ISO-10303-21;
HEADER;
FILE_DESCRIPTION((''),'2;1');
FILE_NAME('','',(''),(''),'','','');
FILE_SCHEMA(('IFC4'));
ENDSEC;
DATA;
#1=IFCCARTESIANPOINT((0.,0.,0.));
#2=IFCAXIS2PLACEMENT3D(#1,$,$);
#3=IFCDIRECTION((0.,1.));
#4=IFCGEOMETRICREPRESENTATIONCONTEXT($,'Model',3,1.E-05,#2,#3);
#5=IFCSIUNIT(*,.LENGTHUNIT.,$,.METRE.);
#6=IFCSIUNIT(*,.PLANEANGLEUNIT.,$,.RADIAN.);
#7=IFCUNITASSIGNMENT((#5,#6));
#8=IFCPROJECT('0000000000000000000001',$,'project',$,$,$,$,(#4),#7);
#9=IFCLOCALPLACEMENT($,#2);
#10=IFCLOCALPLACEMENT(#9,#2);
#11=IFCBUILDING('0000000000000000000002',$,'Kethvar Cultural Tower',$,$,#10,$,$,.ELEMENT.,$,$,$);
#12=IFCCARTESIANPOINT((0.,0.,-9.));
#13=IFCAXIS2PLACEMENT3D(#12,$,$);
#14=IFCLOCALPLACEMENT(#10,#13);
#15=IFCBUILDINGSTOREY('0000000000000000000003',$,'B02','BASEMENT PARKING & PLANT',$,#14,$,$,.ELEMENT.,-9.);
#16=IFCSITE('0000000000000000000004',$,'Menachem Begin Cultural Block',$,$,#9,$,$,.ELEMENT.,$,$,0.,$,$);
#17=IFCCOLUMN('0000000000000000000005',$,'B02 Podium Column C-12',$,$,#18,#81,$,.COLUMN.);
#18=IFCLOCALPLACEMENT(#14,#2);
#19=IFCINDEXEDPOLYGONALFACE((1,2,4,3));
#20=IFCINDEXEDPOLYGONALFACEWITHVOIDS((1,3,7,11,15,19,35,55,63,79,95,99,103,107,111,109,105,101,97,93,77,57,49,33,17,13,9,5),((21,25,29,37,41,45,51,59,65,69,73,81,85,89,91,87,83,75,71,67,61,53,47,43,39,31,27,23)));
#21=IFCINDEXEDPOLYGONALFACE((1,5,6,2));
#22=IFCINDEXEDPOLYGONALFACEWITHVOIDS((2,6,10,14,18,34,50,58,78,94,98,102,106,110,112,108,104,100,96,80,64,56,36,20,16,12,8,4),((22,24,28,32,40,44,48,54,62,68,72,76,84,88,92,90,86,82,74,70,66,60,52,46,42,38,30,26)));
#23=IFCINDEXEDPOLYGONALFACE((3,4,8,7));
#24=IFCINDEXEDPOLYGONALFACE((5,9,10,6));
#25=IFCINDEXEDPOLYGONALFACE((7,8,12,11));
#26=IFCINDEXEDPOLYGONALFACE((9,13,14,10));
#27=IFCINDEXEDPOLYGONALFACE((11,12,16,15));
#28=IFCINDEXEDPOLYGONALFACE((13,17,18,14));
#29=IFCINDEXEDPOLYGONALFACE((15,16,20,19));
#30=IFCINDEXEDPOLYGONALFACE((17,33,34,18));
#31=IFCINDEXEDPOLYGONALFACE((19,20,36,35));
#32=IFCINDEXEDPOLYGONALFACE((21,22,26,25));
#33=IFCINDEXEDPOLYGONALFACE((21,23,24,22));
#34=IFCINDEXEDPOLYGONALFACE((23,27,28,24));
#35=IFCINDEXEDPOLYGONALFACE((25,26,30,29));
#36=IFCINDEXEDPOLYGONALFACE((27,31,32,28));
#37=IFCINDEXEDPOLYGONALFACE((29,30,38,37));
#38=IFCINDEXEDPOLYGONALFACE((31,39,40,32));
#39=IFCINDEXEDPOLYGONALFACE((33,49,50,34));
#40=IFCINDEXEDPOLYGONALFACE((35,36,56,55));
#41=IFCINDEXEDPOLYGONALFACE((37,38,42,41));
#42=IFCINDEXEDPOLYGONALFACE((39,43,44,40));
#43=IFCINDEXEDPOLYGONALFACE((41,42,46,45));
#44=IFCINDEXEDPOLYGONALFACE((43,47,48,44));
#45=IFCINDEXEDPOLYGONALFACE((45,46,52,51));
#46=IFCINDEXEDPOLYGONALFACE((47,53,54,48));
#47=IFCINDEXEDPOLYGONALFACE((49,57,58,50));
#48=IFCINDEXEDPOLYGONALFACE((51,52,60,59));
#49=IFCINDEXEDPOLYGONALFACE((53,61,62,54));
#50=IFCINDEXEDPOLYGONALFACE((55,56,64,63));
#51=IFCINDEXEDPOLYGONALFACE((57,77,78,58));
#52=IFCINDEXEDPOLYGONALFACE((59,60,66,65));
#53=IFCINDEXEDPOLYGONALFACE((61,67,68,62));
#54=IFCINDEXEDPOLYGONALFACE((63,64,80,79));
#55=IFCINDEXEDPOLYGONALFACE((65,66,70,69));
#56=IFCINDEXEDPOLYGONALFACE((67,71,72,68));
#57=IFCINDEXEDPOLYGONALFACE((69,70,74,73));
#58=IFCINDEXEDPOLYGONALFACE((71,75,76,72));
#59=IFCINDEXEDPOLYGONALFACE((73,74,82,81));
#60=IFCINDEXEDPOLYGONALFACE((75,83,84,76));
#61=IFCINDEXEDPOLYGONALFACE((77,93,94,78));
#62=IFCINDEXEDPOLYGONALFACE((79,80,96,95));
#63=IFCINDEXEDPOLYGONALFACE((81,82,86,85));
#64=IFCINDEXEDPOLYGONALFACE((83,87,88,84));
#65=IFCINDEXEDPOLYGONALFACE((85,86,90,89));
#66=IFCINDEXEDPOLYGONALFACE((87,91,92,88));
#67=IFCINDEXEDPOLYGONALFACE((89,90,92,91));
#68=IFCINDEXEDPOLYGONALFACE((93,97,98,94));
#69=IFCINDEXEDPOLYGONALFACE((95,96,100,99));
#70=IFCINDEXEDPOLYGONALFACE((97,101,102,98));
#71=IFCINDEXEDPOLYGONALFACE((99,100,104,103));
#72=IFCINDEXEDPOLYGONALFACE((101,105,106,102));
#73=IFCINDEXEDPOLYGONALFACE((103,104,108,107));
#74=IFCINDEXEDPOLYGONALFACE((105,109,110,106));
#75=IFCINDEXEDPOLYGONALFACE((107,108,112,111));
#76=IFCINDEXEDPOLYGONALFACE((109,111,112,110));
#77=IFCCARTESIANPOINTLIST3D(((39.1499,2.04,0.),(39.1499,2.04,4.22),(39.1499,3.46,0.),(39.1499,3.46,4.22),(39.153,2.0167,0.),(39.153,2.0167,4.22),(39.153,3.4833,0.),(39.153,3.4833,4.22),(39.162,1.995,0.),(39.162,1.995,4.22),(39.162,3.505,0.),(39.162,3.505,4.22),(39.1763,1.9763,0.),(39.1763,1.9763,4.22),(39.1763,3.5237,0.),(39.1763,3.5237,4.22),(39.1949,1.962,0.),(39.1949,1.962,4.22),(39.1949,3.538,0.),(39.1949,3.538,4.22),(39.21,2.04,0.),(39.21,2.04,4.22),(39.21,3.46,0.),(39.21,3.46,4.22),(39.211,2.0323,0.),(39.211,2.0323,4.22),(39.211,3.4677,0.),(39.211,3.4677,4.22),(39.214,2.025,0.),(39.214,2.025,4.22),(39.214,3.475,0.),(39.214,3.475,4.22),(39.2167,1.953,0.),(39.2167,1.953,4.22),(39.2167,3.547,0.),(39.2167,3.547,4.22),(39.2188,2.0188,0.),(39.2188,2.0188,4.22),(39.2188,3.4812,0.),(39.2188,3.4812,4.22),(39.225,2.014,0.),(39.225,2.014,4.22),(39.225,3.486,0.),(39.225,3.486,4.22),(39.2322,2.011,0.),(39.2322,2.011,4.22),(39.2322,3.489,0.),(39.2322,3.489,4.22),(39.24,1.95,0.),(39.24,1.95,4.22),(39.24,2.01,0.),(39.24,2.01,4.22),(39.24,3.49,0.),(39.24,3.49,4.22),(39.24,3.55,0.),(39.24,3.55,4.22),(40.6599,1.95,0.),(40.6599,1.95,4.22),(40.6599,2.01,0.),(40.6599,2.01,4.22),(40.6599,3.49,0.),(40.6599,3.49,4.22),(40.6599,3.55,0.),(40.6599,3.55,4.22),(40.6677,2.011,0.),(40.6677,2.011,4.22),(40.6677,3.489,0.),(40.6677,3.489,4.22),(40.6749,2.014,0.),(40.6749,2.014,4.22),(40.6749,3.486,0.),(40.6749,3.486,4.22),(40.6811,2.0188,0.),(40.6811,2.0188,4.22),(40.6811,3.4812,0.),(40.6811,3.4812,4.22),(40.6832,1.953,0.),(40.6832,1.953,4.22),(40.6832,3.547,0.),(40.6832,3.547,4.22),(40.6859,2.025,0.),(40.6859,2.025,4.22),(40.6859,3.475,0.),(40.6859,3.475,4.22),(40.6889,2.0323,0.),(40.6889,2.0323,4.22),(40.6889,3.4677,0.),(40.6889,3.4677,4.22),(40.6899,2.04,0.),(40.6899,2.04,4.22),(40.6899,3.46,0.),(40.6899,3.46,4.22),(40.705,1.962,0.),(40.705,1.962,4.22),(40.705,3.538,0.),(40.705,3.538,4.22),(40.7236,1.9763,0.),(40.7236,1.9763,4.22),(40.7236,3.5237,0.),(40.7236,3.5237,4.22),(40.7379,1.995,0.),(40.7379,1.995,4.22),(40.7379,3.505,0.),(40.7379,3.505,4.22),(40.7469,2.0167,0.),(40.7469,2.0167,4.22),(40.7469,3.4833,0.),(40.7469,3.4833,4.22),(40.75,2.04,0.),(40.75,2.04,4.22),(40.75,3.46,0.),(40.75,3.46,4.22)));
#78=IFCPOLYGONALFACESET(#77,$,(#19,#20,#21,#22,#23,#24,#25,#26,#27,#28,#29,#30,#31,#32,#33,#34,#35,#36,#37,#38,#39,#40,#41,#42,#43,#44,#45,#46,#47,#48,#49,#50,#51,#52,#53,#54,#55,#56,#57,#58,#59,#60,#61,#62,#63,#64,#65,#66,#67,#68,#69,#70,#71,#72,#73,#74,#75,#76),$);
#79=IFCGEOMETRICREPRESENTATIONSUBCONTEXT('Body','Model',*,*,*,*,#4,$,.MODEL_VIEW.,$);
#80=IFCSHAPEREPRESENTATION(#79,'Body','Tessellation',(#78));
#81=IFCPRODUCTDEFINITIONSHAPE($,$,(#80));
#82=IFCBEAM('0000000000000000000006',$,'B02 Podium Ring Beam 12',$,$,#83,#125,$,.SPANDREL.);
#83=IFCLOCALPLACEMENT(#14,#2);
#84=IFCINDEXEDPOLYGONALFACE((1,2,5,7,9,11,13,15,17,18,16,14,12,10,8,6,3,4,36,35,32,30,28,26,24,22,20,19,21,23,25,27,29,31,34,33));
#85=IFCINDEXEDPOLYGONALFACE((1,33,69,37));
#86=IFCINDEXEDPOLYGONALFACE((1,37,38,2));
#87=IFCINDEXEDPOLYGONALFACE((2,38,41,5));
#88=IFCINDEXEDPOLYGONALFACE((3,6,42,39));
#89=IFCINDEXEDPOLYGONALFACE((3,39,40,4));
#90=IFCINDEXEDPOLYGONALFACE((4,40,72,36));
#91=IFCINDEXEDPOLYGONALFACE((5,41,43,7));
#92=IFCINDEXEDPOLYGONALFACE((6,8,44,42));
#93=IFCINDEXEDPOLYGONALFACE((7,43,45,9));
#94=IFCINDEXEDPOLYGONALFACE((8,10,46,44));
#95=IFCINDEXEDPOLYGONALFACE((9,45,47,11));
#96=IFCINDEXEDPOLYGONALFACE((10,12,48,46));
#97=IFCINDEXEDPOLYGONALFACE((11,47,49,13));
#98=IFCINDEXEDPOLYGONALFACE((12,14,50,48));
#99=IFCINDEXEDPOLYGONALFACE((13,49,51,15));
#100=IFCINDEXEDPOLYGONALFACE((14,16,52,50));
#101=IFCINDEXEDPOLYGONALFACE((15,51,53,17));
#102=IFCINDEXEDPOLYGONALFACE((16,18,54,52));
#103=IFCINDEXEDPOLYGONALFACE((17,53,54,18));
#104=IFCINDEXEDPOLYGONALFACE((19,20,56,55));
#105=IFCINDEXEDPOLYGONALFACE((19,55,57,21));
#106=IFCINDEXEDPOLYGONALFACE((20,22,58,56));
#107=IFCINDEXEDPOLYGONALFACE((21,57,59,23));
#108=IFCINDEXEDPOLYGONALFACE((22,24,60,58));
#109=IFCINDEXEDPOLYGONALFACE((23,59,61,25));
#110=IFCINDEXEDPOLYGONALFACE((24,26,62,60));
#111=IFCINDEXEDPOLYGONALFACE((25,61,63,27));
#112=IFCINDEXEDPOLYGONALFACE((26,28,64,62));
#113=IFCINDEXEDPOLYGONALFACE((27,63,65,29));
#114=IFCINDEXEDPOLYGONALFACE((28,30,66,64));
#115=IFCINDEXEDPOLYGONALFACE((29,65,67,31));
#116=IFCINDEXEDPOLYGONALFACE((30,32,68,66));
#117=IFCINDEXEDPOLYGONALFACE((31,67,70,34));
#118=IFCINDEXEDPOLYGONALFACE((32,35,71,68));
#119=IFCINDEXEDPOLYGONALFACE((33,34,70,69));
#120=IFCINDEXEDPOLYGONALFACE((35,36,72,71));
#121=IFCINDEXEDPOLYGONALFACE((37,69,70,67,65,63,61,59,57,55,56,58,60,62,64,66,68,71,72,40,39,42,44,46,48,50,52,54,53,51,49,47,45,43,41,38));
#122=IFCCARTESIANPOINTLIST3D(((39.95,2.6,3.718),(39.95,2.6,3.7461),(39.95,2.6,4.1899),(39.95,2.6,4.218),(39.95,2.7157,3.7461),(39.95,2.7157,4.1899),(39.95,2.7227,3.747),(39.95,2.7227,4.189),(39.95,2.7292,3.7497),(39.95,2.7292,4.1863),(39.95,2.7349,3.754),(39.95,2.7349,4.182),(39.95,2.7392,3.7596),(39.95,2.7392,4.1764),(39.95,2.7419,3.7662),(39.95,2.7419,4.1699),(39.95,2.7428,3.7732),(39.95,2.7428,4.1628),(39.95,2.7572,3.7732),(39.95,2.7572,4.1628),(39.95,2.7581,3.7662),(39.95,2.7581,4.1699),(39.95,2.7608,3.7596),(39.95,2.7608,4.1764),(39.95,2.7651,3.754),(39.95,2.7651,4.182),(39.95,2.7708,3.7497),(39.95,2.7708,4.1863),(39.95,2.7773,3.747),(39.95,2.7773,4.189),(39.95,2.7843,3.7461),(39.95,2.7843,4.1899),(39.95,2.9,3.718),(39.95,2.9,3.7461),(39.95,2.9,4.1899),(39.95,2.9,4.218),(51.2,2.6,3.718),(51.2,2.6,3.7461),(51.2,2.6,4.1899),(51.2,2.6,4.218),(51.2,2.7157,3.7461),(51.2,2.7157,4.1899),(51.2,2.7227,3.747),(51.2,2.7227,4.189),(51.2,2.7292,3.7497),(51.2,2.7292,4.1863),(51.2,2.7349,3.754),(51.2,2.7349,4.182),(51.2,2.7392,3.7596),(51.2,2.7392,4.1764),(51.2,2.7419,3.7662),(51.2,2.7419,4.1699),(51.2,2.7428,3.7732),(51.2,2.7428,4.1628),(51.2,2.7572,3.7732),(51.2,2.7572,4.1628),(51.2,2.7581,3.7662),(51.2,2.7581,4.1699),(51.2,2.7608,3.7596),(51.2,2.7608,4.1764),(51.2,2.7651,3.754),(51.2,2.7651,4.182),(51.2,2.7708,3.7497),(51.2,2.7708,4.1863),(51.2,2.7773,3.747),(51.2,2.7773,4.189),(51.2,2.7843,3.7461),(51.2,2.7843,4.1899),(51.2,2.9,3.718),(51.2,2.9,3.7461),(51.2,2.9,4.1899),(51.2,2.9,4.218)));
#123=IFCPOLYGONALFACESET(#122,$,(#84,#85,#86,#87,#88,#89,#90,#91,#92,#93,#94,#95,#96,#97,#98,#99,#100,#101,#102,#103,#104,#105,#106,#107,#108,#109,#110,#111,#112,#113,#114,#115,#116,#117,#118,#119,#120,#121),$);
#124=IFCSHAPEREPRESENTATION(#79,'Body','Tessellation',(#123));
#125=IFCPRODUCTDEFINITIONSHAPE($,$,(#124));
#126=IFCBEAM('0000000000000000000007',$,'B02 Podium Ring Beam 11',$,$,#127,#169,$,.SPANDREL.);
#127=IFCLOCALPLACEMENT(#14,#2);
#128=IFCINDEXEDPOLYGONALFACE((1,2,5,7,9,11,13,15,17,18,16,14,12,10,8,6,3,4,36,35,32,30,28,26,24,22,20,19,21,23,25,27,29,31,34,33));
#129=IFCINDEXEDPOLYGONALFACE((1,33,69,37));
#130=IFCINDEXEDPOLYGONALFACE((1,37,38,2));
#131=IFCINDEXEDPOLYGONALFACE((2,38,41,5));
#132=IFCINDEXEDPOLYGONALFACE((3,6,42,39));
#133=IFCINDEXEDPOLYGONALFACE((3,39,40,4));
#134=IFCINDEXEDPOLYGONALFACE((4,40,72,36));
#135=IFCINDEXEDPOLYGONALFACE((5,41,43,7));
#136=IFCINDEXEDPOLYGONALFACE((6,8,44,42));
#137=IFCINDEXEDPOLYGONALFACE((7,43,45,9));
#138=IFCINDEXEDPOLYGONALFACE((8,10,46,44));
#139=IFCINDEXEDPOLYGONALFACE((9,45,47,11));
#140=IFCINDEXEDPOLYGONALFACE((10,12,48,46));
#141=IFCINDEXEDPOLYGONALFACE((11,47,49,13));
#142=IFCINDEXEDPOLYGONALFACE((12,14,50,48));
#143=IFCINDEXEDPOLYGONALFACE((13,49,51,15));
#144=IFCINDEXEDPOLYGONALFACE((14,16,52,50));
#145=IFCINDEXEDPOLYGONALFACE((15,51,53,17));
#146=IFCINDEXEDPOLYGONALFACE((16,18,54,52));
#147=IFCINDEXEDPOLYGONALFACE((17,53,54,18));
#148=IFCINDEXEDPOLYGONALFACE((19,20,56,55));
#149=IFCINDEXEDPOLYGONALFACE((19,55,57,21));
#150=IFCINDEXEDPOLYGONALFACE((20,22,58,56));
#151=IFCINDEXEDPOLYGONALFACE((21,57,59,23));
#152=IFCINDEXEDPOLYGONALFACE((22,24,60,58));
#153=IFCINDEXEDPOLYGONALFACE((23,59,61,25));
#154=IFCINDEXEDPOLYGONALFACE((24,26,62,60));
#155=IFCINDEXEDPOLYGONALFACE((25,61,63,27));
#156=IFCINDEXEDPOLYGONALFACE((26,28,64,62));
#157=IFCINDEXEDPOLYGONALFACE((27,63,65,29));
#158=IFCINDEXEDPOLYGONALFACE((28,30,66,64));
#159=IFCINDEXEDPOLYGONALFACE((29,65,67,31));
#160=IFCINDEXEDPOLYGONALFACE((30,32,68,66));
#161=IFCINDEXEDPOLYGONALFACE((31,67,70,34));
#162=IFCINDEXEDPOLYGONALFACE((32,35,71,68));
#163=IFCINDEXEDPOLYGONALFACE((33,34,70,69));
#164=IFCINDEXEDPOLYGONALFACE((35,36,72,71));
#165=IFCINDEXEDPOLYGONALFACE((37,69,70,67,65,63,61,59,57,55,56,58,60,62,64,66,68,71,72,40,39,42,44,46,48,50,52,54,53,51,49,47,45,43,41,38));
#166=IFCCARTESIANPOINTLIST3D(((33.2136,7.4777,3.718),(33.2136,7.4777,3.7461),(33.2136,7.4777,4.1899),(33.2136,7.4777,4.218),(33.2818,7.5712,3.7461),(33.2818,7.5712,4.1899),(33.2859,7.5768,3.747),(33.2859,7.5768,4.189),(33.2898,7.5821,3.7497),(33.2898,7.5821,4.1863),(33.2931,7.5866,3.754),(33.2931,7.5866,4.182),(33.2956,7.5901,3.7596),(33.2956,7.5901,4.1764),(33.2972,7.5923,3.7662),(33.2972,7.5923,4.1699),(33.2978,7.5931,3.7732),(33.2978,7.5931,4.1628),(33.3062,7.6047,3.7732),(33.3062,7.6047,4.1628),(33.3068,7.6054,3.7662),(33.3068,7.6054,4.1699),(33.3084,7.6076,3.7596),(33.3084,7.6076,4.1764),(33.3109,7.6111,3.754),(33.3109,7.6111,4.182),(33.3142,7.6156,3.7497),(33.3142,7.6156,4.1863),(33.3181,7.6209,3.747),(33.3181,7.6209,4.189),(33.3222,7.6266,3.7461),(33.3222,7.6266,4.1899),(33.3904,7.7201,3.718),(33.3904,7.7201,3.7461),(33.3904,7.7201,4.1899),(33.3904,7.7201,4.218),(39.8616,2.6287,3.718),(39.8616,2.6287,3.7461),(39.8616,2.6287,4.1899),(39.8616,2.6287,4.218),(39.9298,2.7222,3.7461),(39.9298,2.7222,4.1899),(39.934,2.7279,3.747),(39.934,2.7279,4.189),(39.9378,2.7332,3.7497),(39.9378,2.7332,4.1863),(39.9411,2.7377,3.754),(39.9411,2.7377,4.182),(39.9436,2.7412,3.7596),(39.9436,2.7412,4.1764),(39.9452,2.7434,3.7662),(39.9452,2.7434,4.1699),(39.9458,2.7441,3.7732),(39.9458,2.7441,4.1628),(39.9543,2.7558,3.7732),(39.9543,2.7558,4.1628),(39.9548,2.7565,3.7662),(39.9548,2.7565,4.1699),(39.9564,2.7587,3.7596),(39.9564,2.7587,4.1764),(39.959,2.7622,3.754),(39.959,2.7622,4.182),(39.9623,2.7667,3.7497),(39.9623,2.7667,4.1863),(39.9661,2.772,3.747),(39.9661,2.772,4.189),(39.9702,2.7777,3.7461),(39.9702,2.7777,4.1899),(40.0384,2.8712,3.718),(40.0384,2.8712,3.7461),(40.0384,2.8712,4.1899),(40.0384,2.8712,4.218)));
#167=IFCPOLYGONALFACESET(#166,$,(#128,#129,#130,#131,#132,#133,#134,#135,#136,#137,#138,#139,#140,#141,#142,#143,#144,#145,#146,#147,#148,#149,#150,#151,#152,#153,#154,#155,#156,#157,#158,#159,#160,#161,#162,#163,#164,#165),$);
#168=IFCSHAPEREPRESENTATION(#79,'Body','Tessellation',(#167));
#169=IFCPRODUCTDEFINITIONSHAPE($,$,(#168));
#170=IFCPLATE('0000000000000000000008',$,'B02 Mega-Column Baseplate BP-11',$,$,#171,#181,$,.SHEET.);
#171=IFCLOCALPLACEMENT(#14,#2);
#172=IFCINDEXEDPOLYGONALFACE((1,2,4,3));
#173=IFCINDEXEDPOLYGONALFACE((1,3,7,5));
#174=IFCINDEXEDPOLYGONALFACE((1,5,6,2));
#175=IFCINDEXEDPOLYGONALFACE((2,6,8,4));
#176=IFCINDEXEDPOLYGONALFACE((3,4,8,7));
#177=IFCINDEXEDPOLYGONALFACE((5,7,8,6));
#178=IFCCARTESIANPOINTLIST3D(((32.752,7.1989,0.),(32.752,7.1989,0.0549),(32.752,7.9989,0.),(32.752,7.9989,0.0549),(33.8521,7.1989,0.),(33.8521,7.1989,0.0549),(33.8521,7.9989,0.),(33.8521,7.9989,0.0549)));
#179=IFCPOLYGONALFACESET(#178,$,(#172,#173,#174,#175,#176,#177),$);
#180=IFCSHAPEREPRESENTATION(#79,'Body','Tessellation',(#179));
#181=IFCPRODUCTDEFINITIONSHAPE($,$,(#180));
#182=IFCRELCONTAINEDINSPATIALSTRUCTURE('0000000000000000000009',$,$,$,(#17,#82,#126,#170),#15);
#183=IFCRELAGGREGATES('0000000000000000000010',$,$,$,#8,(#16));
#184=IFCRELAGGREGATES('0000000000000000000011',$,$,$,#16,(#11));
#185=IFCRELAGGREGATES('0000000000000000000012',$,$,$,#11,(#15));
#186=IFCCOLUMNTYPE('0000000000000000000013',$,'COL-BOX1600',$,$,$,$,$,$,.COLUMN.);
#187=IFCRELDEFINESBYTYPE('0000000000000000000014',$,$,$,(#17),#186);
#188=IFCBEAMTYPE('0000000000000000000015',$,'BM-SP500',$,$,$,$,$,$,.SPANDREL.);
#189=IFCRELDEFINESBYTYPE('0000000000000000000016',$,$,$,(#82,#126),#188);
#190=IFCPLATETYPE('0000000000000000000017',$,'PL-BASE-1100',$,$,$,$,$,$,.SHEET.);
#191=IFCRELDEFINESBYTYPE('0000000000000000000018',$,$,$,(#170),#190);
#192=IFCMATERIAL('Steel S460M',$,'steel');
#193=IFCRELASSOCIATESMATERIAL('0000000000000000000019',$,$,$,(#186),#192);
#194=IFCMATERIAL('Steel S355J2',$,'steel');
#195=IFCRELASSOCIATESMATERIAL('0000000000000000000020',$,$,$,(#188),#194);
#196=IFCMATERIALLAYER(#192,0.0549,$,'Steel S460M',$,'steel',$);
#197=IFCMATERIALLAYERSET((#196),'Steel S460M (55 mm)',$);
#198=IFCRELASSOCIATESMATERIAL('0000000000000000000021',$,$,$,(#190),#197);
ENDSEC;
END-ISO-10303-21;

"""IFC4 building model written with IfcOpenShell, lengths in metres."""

from ifc_helpers import new_model, si_unit, direction, frame, origin, origin_2d, place, context, subcontext, project, spatial, rectangle, hollow_rectangle, i_section, extrude, source, transform, mapped, material, layer, layer_set, material_profile, profile_set, type_object, element, save


model = new_model("IFC4")

# Units and contexts
model_context = context("Model", 3, precision=1e-05, world=origin(), true_north=direction((0.0, 1.0)))
body_context = subcontext(model_context, "Body", "Model", "MODEL_VIEW")
ifc_project = project(units=[si_unit("LENGTHUNIT", "METRE"), si_unit("PLANEANGLEUNIT", "RADIAN")], contexts=[model_context])

# Site, building, storey
site_placement = place(None, origin())
site = spatial("IfcSite", under=ifc_project, at=site_placement, Name="Menachem Begin Cultural Block", CompositionType="ELEMENT", RefElevation=0.0)
building_placement = place(site_placement, origin())
building = spatial("IfcBuilding", under=site, at=building_placement, Name="Kethvar Cultural Tower", CompositionType="ELEMENT")
storey_placement = place(building_placement, frame((0.0, 0.0, -9.0)))
storey = spatial("IfcBuildingStorey", under=building, at=storey_placement, Name="B02", Description="BASEMENT PARKING & PLANT", CompositionType="ELEMENT", Elevation=-9.0)

# Column
ifc_material_1 = material(Name="Steel S460M", Category="steel")
ifc_material_profile_1 = material_profile(ifc_material_1, hollow_rectangle(XDim=1.6001, YDim=1.6001, WallThickness=0.0601, InnerFilletRadius=0.03, OuterFilletRadius=0.0901, at=origin_2d()), Name="Steel S460M — BOX1600x1600x60")
ifc_profile_set_1 = profile_set([ifc_material_profile_1], Name="Steel S460M — BOX1600x1600x60")
column_type = type_object("IfcColumnType", Name="COL-BOX1600", PredefinedType="COLUMN", material=ifc_profile_set_1)
shared_shape_1 = source(origin(), body_context, "Body", "SweptSolid", [
    extrude(hollow_rectangle(XDim=1.6001, YDim=1.6001, WallThickness=0.0601, InnerFilletRadius=0.03, OuterFilletRadius=0.0901, at=origin_2d()), origin(), (0.0, 0.0, 1.0), 4.22),
])
for number, where, z_axis, x_axis, name in (
    (1, (39.95, 2.75, 0.0), (0.0, 0.0, 1.0), (1.0, 0.0, 0.0), "B02 Podium Column C-12"),
):
    element("IfcColumn", number, at=place(storey_placement, frame(where, z_axis=z_axis, x_axis=x_axis)), inside=storey, type_object=column_type, Name=name, PredefinedType="COLUMN", context=body_context, shape_type="MappedRepresentation", body=[
        mapped(shared_shape_1, transform((0.0, 0.0, 0.0), scale=1.0)),
    ])

# Beams
ifc_material_2 = material(Name="Steel S355J2", Category="steel")
ifc_material_profile_2 = material_profile(ifc_material_2, i_section(OverallWidth=0.3, OverallDepth=0.5, WebThickness=0.0144, FlangeThickness=0.0281, FilletRadius=0.0271, at=origin_2d()), Name="Steel S355J2 — HEB500")
ifc_profile_set_2 = profile_set([ifc_material_profile_2], Name="Steel S355J2 — HEB500")
beam_type = type_object("IfcBeamType", Name="BM-SP500", PredefinedType="SPANDREL", material=ifc_profile_set_2)
shared_shape_2 = source(origin(), body_context, "Body", "SweptSolid", [
    extrude(i_section(OverallWidth=0.3, OverallDepth=0.5, WebThickness=0.0144, FlangeThickness=0.0281, FilletRadius=0.0271, at=origin_2d()), origin(), (0.0, 0.0, 1.0), 11.25),
])
beam_1_placement = place(storey_placement, frame((39.95, 2.75, 3.968), z_axis=(1.0, 0.0, 0.0), x_axis=(0.0, 1.0, 0.0)))
element("IfcBeam", 2, at=beam_1_placement, inside=storey, type_object=beam_type, Name="B02 Podium Ring Beam 12", PredefinedType="SPANDREL", context=body_context, shape_type="MappedRepresentation", body=[
    mapped(shared_shape_2, transform((0.0, 0.0, 0.0), scale=1.0)),
])
shared_shape_3 = source(origin(), body_context, "Body", "SweptSolid", [
    extrude(i_section(OverallWidth=0.3, OverallDepth=0.5, WebThickness=0.0144, FlangeThickness=0.0281, FilletRadius=0.0271, at=origin_2d()), origin(), (0.0, 0.0, 1.0), 8.2285),
])
beam_2_placement = place(storey_placement, frame((33.302, 7.5989, 3.968), z_axis=(0.807926, -0.589284, 0.0), x_axis=(0.589284, 0.807926, 0.0)))
element("IfcBeam", 3, at=beam_2_placement, inside=storey, type_object=beam_type, Name="B02 Podium Ring Beam 11", PredefinedType="SPANDREL", context=body_context, shape_type="MappedRepresentation", body=[
    mapped(shared_shape_3, transform((0.0, 0.0, 0.0), scale=1.0)),
])

# Plate
ifc_layer_1 = layer(ifc_material_1, 0.0549, Name="Steel S460M", Category="steel")
ifc_layer_set_1 = layer_set([ifc_layer_1], Name="Steel S460M (55 mm)")
plate_type = type_object("IfcPlateType", Name="PL-BASE-1100", PredefinedType="SHEET", material=ifc_layer_set_1)
shared_shape_4 = source(origin(), body_context, "Body", "SweptSolid", [
    extrude(rectangle(XDim=1.1001, YDim=0.8, at=origin_2d()), origin(), (0.0, 0.0, 1.0), 0.0549),
])
for number, where, z_axis, x_axis, name in (
    (4, (33.302, 7.5989, 0.0), (0.0, 0.0, 1.0), (1.0, 0.0, 0.0), "B02 Mega-Column Baseplate BP-11"),
):
    element("IfcPlate", number, at=place(storey_placement, frame(where, z_axis=z_axis, x_axis=x_axis)), inside=storey, type_object=plate_type, Name=name, PredefinedType="SHEET", context=body_context, shape_type="MappedRepresentation", body=[
        mapped(shared_shape_4, transform((0.0, 0.0, 0.0), scale=1.0)),
    ])

save(model, "model.ifc")
